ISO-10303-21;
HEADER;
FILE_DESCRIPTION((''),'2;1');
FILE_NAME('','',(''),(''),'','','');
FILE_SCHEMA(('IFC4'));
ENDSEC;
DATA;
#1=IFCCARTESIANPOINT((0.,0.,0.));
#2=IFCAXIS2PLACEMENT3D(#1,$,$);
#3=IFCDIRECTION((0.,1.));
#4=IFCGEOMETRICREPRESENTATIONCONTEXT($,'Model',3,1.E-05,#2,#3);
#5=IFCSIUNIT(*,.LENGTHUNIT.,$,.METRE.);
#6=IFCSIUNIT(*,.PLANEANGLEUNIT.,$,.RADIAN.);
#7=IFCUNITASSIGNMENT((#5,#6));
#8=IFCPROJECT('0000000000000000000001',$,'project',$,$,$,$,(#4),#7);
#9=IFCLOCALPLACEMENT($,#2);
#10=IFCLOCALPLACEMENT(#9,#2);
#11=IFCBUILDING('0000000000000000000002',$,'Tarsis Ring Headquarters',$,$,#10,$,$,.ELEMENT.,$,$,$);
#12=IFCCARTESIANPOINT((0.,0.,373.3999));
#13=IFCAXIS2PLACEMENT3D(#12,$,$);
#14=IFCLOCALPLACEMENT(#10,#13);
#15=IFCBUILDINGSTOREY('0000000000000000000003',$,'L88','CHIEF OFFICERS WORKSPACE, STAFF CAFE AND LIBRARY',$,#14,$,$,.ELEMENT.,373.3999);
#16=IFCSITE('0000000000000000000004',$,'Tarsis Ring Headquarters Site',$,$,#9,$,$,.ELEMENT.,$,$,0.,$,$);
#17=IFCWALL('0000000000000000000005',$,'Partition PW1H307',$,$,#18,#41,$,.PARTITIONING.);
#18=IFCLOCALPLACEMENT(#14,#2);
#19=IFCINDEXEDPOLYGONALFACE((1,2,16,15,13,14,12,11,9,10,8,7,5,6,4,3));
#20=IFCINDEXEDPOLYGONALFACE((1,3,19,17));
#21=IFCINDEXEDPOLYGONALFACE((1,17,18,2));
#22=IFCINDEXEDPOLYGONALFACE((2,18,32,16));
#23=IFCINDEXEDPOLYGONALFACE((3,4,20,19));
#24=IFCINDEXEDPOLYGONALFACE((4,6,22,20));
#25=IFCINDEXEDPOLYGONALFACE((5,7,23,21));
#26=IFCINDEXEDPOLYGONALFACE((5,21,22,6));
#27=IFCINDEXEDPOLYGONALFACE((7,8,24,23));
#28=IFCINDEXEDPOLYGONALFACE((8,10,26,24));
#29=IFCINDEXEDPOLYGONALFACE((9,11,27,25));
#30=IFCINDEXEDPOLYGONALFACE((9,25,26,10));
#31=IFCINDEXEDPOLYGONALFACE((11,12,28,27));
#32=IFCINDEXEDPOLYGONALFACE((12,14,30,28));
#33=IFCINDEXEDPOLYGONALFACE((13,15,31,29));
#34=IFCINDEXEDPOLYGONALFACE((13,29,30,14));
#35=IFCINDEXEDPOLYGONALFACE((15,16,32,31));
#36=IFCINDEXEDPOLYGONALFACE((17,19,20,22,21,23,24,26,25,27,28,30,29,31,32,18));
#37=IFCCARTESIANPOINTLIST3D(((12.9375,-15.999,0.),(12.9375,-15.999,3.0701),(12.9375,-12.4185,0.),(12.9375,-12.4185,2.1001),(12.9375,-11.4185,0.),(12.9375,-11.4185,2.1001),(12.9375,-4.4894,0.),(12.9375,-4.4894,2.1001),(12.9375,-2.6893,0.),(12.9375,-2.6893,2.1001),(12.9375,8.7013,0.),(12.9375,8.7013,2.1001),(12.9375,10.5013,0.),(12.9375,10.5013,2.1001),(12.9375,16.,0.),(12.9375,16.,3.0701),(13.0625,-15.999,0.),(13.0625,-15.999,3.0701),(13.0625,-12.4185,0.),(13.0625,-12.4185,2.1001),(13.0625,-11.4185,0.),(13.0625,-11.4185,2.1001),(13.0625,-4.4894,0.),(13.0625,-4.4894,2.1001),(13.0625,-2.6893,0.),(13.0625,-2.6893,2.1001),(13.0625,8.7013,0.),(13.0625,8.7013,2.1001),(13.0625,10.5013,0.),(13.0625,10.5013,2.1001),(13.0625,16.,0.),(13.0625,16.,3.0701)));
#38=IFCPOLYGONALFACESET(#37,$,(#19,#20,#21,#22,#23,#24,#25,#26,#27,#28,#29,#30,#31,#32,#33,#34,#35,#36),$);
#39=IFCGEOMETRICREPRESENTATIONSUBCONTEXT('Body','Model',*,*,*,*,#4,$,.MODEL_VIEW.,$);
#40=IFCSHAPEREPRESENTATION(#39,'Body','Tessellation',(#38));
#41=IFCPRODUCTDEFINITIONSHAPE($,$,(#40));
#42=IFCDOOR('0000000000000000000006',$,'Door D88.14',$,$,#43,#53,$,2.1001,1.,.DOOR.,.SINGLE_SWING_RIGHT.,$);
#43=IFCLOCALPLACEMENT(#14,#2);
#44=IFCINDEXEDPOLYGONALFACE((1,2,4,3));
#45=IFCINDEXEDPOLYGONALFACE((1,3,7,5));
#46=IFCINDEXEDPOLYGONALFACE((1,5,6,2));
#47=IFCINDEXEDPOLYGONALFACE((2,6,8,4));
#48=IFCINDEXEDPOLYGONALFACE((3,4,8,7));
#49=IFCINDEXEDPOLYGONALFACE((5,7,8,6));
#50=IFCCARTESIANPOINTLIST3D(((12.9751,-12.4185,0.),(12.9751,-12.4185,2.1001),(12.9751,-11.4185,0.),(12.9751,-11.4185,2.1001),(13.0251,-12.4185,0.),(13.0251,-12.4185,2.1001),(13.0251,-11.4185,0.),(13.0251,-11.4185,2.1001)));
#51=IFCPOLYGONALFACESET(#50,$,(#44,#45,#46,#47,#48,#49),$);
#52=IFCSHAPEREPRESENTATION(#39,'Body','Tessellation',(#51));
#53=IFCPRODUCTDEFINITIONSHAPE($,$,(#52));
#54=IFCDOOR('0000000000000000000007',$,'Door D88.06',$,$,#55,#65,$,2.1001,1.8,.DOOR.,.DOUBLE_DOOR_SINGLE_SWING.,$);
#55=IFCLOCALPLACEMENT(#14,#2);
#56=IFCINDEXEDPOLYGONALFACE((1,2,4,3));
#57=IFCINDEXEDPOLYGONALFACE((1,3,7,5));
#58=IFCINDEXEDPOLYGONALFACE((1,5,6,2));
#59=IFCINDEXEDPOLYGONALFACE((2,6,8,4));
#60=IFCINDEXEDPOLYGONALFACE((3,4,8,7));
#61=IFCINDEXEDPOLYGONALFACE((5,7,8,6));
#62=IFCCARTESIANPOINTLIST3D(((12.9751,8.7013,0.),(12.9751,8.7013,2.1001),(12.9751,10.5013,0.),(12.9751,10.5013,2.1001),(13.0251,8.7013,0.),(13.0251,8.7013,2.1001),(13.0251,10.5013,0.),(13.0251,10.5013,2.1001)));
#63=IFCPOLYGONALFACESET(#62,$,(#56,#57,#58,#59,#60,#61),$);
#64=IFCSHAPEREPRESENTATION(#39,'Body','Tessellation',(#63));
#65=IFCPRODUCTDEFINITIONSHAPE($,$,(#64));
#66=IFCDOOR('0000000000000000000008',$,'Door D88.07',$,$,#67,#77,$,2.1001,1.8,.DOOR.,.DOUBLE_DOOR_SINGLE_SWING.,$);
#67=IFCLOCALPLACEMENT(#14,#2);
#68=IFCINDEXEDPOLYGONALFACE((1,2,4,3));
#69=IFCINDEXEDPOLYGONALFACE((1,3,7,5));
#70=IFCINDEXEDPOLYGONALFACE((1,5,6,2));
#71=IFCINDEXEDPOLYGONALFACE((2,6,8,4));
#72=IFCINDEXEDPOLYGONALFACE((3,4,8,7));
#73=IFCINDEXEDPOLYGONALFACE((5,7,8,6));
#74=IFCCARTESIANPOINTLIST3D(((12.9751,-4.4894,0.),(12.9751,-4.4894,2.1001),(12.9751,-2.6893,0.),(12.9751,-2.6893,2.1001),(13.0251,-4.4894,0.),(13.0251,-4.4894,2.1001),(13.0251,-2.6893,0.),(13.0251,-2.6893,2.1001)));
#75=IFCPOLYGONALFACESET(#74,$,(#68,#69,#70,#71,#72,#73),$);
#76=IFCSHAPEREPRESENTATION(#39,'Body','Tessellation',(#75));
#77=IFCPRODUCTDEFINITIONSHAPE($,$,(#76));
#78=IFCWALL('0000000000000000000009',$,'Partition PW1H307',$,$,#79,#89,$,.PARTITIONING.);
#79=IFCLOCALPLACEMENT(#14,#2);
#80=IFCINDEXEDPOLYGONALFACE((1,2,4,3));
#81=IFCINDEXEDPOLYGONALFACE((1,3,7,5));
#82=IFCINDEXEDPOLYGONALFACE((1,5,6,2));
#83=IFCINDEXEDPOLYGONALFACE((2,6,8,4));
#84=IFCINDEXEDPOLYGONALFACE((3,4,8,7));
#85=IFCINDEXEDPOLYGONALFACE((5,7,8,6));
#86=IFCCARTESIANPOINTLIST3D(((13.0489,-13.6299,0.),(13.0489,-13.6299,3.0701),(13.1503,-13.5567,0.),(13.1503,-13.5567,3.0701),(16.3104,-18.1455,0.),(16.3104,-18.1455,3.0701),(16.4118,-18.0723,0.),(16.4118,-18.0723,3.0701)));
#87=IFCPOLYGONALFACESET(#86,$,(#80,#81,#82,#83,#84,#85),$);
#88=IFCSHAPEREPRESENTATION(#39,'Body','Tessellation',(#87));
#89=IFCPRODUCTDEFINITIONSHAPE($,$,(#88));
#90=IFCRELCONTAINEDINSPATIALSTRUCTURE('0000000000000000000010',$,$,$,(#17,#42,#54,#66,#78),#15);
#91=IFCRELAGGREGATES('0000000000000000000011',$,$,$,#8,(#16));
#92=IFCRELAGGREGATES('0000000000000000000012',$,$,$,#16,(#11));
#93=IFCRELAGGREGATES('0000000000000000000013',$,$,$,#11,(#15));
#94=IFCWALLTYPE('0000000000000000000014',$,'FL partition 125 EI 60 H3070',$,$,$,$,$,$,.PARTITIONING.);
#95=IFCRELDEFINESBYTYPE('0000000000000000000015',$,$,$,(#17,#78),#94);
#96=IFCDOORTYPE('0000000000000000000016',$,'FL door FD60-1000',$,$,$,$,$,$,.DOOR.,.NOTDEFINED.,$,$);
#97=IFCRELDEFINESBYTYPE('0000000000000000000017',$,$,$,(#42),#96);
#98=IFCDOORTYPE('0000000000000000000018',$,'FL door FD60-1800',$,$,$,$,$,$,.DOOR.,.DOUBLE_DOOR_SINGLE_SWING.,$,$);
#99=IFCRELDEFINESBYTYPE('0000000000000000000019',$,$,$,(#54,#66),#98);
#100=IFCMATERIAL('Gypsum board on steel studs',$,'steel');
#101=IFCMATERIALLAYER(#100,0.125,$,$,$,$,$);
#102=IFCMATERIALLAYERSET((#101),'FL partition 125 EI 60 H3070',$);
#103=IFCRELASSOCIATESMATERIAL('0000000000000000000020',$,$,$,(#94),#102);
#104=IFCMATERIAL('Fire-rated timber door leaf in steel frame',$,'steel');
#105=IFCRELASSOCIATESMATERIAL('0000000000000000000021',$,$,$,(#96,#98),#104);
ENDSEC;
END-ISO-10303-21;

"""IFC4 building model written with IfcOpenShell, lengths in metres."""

from ifc_helpers import new_model, si_unit, direction, frame, frame_2d, origin, place, context, subcontext, project, spatial, rectangle, extrude, material, layer, layer_set, type_object, element, fill, save


model = new_model("IFC4")

# Units and contexts
model_context = context("Model", 3, precision=1e-05, world=origin(), true_north=direction((0.0, 1.0)))
body_context = subcontext(model_context, "Body", "Model", "MODEL_VIEW")
ifc_project = project(units=[si_unit("LENGTHUNIT", "METRE"), si_unit("PLANEANGLEUNIT", "RADIAN")], contexts=[model_context])

# Site, building, storey
site_placement = place(None, origin())
site = spatial("IfcSite", under=ifc_project, at=site_placement, Name="Tarsis Ring Headquarters Site", CompositionType="ELEMENT", RefElevation=0.0)
building_placement = place(site_placement, origin())
building = spatial("IfcBuilding", under=site, at=building_placement, Name="Tarsis Ring Headquarters", CompositionType="ELEMENT")
storey_placement = place(building_placement, frame((0.0, 0.0, 373.3999)))
storey = spatial("IfcBuildingStorey", under=building, at=storey_placement, Name="L88", Description="CHIEF OFFICERS WORKSPACE, STAFF CAFE AND LIBRARY", CompositionType="ELEMENT", Elevation=373.3999)

# Shared definitions
ifc_material_1 = material(Name="Gypsum board on steel studs", Category="steel")

# Wall, openings, doors
ifc_layer_1 = layer(ifc_material_1, 0.125)
ifc_layer_set_1 = layer_set([ifc_layer_1], Name="FL partition 125 EI 60 H3070")
wall_type_1 = type_object("IfcWallType", Name="FL partition 125 EI 60 H3070", PredefinedType="PARTITIONING", material=ifc_layer_set_1)
wall_1_placement = place(storey_placement, frame((13.0, -15.999, 0.0), z_axis=(0.0, 0.0, 1.0), x_axis=(0.0, 1.0, 0.0)))
wall_1 = element("IfcWall", 1, at=wall_1_placement, inside=storey, type_object=wall_type_1, Name="Partition PW1H307", PredefinedType="PARTITIONING", context=body_context, shape_type="SweptSolid", body=[
    extrude(rectangle(XDim=31.999, YDim=0.125, at=frame_2d((15.9995, 0.0))), origin(), (0.0, 0.0, 1.0), 3.0701),
])
opening_1_placement = place(wall_1_placement, frame((24.7004, 0.0, 0.0)))
opening_1 = element("IfcOpeningElement", 2, at=opening_1_placement, cuts=wall_1, PredefinedType="OPENING", context=body_context, shape_type="SweptSolid", body=[
    extrude(rectangle(XDim=1.8, YDim=2.1001, at=frame_2d((0.8999, 1.05))), frame((0.0, 0.0725, 0.0), z_axis=(0.0, -1.0, 0.0), x_axis=(1.0, 0.0, 0.0)), (0.0, 0.0, 1.0), 0.145),
])
opening_2_placement = place(wall_1_placement, frame((11.5098, 0.0, 0.0)))
opening_2 = element("IfcOpeningElement", 3, at=opening_2_placement, cuts=wall_1, PredefinedType="OPENING", context=body_context, shape_type="SweptSolid", body=[
    extrude(rectangle(XDim=1.8, YDim=2.1001, at=frame_2d((0.8999, 1.05))), frame((0.0, 0.0725, 0.0), z_axis=(0.0, -1.0, 0.0), x_axis=(1.0, 0.0, 0.0)), (0.0, 0.0, 1.0), 0.145),
])
opening_3_placement = place(wall_1_placement, frame((3.5806, 0.0, 0.0)))
opening_3 = element("IfcOpeningElement", 4, at=opening_3_placement, cuts=wall_1, PredefinedType="OPENING", context=body_context, shape_type="SweptSolid", body=[
    extrude(rectangle(XDim=1.0, YDim=2.1001, at=frame_2d((0.5, 1.05))), frame((0.0, 0.0725, 0.0), z_axis=(0.0, -1.0, 0.0), x_axis=(1.0, 0.0, 0.0)), (0.0, 0.0, 1.0), 0.145),
])
ifc_material_2 = material(Name="Fire-rated timber door leaf in steel frame", Category="steel")
door_type_1 = type_object("IfcDoorType", Name="FL door FD60-1000", OperationType="NOTDEFINED", PredefinedType="DOOR", material=ifc_material_2)
door_1_placement = place(opening_3_placement, origin())
door_1 = element("IfcDoor", 5, at=door_1_placement, inside=storey, type_object=door_type_1, Name="Door D88.14", OperationType="SINGLE_SWING_RIGHT", OverallHeight=2.1001, OverallWidth=1.0, PredefinedType="DOOR", context=body_context, shape_type="SweptSolid", body=[
    extrude(rectangle(XDim=1.0, YDim=2.1001, at=frame_2d((0.5, 1.05))), frame((0.0, 0.0249, 0.0), z_axis=(0.0, -1.0, 0.0), x_axis=(1.0, 0.0, 0.0)), (0.0, 0.0, 1.0), 0.05),
])
fill(opening_3, door_1)
door_type_2 = type_object("IfcDoorType", Name="FL door FD60-1800", OperationType="DOUBLE_DOOR_SINGLE_SWING", PredefinedType="DOOR", material=ifc_material_2)
door_2_placement = place(opening_1_placement, origin())
door_2 = element("IfcDoor", 6, at=door_2_placement, inside=storey, type_object=door_type_2, Name="Door D88.06", OperationType="DOUBLE_DOOR_SINGLE_SWING", OverallHeight=2.1001, OverallWidth=1.8, PredefinedType="DOOR", context=body_context, shape_type="SweptSolid", body=[
    extrude(rectangle(XDim=1.8, YDim=2.1001, at=frame_2d((0.8999, 1.05))), frame((0.0, 0.0249, 0.0), z_axis=(0.0, -1.0, 0.0), x_axis=(1.0, 0.0, 0.0)), (0.0, 0.0, 1.0), 0.05),
])
fill(opening_1, door_2)
door_3_placement = place(opening_2_placement, origin())
door_3 = element("IfcDoor", 7, at=door_3_placement, inside=storey, type_object=door_type_2, Name="Door D88.07", OperationType="DOUBLE_DOOR_SINGLE_SWING", OverallHeight=2.1001, OverallWidth=1.8, PredefinedType="DOOR", context=body_context, shape_type="SweptSolid", body=[
    extrude(rectangle(XDim=1.8, YDim=2.1001, at=frame_2d((0.8999, 1.05))), frame((0.0, 0.0249, 0.0), z_axis=(0.0, -1.0, 0.0), x_axis=(1.0, 0.0, 0.0)), (0.0, 0.0, 1.0), 0.05),
])
fill(opening_2, door_3)

# Wall
wall_2_placement = place(storey_placement, frame((13.0996, -13.5933, 0.0), z_axis=(0.0, 0.0, 1.0), x_axis=(0.585513, -0.810663, 0.0)))
element("IfcWall", 8, at=wall_2_placement, inside=storey, type_object=wall_type_1, Name="Partition PW1H307", PredefinedType="PARTITIONING", context=body_context, shape_type="SweptSolid", body=[
    extrude(rectangle(XDim=5.5703, YDim=0.125, at=frame_2d((2.7852, 0.0))), origin(), (0.0, 0.0, 1.0), 3.0701),
])

save(model, "model.ifc")
